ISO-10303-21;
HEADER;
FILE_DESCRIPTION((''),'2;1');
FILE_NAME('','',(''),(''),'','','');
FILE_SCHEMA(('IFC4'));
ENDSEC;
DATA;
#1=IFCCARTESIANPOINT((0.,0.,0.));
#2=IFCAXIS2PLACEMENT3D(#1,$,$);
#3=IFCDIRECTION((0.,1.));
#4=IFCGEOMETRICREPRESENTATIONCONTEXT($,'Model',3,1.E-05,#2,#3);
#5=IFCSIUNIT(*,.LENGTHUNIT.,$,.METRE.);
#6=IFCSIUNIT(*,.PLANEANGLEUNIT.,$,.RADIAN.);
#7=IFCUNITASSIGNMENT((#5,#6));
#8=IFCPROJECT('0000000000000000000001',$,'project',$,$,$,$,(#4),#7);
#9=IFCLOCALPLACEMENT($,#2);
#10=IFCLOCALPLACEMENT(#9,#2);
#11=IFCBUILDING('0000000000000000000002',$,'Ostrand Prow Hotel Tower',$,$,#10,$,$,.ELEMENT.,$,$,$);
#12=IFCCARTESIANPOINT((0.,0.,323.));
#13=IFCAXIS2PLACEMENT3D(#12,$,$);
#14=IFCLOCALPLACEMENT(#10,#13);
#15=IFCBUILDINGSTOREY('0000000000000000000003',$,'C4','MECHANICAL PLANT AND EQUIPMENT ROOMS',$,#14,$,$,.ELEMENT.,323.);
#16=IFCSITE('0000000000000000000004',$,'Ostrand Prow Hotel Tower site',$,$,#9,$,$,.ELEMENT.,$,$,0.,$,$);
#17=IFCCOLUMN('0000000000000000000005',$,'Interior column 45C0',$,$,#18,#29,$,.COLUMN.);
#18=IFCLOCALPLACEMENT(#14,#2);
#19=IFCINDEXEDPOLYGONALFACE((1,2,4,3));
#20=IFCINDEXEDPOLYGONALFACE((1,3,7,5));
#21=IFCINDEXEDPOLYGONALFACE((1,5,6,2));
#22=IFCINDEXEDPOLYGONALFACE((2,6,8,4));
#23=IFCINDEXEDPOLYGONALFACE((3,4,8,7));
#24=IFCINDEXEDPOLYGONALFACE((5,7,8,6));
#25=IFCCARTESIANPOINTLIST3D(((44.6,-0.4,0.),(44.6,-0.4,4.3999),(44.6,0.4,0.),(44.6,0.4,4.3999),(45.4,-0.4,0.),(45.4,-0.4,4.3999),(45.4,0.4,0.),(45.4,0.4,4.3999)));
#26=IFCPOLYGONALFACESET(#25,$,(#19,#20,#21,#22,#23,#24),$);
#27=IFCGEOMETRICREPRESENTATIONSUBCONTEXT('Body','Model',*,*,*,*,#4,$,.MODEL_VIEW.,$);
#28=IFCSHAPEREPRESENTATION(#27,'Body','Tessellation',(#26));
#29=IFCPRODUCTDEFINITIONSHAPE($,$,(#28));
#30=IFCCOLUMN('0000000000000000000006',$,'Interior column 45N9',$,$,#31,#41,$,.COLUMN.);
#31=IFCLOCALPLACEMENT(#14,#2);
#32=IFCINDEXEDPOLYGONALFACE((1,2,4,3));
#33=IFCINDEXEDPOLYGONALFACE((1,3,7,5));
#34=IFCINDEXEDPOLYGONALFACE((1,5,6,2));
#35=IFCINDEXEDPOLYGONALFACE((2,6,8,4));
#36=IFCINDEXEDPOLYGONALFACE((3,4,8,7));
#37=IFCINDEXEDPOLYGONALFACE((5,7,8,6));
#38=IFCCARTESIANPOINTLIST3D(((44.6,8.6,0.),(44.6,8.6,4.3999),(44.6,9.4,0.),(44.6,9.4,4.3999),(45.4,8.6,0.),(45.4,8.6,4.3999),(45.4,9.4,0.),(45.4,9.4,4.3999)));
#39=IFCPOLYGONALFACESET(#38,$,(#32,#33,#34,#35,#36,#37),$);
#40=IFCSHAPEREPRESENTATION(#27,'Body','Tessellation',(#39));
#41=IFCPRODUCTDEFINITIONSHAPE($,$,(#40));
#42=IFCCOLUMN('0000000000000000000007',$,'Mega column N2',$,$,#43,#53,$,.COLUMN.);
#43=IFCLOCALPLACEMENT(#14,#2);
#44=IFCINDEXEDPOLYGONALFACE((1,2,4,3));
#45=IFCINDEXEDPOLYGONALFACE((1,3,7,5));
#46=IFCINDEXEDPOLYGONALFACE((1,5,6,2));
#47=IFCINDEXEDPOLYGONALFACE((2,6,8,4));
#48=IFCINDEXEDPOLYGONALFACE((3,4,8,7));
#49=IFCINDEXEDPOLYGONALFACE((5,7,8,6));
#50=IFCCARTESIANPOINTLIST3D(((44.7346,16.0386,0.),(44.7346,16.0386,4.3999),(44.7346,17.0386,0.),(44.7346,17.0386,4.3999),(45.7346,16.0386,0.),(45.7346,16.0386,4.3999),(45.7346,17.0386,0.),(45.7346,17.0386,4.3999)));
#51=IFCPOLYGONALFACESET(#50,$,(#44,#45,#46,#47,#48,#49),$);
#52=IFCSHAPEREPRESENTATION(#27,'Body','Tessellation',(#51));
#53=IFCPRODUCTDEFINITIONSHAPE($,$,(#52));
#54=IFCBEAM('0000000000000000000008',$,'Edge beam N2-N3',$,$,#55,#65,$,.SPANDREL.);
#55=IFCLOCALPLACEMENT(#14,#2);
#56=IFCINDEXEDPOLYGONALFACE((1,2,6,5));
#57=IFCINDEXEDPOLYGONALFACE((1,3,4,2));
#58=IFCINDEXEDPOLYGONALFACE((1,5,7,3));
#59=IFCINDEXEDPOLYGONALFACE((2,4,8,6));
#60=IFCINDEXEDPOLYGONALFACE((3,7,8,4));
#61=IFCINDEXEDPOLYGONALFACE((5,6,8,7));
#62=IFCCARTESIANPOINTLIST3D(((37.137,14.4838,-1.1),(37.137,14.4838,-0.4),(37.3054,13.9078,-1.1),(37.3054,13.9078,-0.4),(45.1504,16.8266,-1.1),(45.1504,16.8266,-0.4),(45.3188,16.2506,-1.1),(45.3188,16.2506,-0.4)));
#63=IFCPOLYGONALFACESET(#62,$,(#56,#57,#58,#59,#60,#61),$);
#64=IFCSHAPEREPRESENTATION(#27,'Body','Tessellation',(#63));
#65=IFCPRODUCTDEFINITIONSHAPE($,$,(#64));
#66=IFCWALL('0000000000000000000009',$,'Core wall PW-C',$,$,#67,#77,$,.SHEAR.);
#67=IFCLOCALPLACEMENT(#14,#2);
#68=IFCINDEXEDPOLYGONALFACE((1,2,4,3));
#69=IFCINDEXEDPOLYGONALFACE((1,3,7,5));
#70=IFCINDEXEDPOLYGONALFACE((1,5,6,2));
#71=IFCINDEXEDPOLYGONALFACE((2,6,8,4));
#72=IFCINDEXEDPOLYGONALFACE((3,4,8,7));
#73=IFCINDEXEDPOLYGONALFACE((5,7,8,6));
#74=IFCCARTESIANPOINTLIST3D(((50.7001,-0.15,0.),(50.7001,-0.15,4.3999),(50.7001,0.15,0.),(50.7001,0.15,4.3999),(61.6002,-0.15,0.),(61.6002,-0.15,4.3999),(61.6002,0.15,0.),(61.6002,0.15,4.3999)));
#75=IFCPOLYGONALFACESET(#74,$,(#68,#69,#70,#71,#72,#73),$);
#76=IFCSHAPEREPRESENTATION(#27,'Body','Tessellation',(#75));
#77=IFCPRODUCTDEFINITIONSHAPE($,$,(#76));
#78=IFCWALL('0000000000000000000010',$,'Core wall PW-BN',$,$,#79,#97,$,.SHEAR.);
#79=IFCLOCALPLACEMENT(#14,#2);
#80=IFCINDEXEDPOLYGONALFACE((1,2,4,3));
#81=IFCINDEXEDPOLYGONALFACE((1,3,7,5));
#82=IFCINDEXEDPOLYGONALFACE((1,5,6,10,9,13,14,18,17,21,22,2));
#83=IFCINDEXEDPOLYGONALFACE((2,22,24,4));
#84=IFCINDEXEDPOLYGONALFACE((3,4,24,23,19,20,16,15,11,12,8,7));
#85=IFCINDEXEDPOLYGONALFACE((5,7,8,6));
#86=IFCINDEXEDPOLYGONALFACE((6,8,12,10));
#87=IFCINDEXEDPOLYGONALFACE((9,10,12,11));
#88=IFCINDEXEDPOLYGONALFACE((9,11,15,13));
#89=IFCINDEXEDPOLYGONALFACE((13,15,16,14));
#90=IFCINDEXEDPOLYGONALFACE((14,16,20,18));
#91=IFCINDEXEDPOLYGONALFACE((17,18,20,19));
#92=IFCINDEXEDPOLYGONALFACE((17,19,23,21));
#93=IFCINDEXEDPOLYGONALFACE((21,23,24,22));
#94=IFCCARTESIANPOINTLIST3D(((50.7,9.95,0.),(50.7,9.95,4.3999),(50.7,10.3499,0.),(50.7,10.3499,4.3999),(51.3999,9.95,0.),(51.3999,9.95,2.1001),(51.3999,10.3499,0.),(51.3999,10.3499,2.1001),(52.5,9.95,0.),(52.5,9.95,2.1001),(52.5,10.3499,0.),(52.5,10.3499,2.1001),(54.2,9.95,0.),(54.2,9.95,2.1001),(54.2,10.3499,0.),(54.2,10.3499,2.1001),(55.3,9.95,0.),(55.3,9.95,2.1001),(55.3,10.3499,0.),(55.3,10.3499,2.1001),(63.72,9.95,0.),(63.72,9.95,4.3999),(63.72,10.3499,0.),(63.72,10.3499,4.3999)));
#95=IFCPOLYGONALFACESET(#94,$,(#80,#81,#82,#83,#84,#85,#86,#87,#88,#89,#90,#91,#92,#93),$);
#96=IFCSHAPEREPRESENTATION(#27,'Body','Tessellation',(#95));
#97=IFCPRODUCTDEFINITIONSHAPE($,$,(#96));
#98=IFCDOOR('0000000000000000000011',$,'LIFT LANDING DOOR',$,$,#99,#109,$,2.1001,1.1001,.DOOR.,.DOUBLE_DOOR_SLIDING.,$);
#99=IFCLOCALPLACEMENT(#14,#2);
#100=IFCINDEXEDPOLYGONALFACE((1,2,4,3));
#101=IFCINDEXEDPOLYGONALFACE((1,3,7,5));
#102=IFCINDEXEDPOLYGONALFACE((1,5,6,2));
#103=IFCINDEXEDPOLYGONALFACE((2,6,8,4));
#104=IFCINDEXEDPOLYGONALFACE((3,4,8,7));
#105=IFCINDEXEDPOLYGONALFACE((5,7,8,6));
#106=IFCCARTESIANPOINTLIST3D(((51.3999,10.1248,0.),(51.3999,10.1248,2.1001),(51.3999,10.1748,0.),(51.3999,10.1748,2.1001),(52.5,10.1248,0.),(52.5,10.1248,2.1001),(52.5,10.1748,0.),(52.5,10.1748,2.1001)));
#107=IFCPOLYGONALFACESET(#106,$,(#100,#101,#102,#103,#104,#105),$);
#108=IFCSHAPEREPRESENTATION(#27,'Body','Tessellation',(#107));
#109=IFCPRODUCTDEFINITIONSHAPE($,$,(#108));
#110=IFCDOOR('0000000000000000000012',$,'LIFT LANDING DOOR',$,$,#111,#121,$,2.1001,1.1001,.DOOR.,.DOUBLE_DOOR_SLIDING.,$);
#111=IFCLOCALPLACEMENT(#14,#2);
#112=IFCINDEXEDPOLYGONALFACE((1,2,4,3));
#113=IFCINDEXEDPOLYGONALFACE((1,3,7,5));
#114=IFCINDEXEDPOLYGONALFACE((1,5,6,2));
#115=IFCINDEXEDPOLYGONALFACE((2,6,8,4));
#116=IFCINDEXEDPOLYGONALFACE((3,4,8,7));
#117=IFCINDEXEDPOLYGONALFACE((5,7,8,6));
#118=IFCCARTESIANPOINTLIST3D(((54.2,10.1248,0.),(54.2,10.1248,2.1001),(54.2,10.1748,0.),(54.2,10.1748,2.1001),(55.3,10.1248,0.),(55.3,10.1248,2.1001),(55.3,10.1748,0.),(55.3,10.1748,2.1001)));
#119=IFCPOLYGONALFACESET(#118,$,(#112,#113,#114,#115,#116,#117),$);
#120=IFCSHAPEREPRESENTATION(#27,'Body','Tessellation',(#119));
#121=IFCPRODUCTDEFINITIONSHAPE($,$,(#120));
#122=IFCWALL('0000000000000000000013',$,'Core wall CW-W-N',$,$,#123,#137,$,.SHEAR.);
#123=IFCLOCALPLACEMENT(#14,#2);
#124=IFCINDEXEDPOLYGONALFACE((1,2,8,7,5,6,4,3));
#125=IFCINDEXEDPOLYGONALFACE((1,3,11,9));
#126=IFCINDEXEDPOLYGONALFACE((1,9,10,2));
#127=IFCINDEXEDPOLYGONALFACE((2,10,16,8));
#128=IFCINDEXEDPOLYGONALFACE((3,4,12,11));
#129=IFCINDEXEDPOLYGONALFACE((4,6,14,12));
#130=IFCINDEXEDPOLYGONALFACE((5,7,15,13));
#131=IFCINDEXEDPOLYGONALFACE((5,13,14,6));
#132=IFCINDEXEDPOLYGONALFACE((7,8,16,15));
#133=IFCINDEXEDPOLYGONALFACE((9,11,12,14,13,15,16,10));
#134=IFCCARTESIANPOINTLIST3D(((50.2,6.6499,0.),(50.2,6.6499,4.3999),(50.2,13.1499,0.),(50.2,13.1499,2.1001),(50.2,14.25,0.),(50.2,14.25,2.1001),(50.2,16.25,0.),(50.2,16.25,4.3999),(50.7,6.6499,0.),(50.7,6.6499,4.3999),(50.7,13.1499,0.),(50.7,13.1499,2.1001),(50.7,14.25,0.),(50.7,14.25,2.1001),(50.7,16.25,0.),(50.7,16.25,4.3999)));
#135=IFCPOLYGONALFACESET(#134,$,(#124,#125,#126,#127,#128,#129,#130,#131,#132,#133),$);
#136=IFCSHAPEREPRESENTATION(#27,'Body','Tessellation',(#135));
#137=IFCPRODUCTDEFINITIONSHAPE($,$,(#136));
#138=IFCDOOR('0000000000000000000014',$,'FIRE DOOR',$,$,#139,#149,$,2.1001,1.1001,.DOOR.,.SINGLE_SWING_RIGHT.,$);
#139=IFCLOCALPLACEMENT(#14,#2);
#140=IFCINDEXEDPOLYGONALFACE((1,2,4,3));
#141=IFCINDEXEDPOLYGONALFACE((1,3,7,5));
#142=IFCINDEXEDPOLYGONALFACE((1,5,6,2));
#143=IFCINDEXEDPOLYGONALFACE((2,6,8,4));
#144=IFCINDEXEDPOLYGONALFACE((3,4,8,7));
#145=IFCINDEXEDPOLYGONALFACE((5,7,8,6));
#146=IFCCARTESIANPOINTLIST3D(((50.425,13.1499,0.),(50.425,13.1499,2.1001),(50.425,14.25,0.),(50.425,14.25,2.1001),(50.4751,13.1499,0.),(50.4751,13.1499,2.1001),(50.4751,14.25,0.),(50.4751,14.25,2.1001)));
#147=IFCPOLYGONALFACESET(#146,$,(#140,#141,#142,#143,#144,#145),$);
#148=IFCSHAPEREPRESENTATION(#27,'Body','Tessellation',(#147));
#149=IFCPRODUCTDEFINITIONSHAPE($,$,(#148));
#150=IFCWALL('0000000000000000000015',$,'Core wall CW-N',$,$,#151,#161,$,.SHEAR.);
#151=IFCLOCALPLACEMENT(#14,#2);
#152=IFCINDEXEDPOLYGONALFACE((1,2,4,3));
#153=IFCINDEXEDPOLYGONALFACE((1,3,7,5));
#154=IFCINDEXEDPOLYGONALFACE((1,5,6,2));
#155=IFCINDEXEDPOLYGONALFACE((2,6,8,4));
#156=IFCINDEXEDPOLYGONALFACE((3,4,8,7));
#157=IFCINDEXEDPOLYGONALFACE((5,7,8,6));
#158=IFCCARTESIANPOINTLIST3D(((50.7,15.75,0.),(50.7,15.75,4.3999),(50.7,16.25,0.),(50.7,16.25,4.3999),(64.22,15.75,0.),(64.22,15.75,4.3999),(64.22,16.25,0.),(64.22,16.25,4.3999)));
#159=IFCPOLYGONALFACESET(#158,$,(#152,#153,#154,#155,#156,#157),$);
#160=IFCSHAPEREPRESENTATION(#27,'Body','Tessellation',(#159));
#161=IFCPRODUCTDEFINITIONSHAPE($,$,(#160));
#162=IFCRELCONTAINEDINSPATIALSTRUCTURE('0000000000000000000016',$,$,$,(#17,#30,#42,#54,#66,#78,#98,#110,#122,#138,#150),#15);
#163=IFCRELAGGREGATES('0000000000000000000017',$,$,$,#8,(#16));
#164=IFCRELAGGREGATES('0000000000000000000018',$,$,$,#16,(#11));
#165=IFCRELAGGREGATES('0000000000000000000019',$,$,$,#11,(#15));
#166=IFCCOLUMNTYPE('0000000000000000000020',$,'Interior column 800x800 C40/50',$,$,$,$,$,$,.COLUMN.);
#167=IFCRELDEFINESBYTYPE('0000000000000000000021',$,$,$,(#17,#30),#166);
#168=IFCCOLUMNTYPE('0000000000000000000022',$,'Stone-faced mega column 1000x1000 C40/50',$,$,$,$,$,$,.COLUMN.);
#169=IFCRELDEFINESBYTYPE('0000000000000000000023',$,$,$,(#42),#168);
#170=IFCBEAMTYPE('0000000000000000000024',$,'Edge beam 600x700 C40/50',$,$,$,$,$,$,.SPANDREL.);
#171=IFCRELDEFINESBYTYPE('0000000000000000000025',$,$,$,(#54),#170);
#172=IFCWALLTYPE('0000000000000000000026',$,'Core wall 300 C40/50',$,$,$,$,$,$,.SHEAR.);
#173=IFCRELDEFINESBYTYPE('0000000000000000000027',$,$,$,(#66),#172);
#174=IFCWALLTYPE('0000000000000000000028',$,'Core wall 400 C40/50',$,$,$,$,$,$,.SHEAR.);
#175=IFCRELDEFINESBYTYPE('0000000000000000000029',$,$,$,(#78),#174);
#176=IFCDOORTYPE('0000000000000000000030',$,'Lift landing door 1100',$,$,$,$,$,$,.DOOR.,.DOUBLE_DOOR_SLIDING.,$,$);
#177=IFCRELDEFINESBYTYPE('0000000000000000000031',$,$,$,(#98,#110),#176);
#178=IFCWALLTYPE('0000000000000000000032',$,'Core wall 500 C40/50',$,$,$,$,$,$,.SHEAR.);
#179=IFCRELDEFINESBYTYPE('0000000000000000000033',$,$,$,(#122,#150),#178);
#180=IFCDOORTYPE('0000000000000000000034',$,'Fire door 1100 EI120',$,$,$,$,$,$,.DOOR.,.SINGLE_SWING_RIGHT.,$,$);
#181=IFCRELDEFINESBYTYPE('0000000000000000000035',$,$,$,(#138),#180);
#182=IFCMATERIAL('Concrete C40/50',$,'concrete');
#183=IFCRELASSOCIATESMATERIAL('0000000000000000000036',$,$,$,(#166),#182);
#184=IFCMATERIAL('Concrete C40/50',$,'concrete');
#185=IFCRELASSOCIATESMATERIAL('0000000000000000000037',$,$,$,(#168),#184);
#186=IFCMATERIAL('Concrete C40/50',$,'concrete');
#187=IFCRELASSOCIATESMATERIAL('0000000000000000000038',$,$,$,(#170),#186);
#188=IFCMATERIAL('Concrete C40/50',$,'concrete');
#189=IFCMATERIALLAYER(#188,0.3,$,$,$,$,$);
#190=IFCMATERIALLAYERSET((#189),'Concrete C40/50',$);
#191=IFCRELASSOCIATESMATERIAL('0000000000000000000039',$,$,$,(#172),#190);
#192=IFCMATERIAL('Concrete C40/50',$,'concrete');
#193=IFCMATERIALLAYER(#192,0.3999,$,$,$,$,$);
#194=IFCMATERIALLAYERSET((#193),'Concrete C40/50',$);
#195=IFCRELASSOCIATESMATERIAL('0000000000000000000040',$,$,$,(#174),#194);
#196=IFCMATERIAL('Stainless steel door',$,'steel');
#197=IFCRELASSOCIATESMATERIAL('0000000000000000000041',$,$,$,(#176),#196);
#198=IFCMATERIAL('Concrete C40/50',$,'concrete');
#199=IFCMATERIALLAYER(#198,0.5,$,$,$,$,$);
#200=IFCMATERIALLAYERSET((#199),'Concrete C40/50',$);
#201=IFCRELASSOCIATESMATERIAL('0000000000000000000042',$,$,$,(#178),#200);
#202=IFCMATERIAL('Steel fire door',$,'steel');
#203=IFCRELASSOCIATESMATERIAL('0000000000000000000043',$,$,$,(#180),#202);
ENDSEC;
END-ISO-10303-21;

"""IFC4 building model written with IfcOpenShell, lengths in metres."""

from ifc_helpers import new_model, si_unit, direction, frame, frame_2d, origin, origin_2d, place, context, subcontext, project, spatial, rectangle, extrude, material, layer, layer_set, material_profile, profile_set, type_object, element, fill, save


model = new_model("IFC4")

# Units and contexts
model_context = context("Model", 3, precision=1e-05, world=origin(), true_north=direction((0.0, 1.0)))
body_context = subcontext(model_context, "Body", "Model", "MODEL_VIEW")
ifc_project = project(units=[si_unit("LENGTHUNIT", "METRE"), si_unit("PLANEANGLEUNIT", "RADIAN")], contexts=[model_context])

# Site, building, storey
site_placement = place(None, origin())
site = spatial("IfcSite", under=ifc_project, at=site_placement, Name="Ostrand Prow Hotel Tower site", CompositionType="ELEMENT", RefElevation=0.0)
building_placement = place(site_placement, origin())
building = spatial("IfcBuilding", under=site, at=building_placement, Name="Ostrand Prow Hotel Tower", CompositionType="ELEMENT")
storey_placement = place(building_placement, frame((0.0, 0.0, 323.0)))
storey = spatial("IfcBuildingStorey", under=building, at=storey_placement, Name="C4", Description="MECHANICAL PLANT AND EQUIPMENT ROOMS", CompositionType="ELEMENT", Elevation=323.0)

# Columns
ifc_material_1 = material(Name="Concrete C40/50", Category="concrete")
ifc_material_profile_1 = material_profile(ifc_material_1, rectangle(XDim=0.8, YDim=0.8, at=origin_2d()), Name="RC 800x800")
ifc_profile_set_1 = profile_set([ifc_material_profile_1], Name="Concrete C40/50")
column_type_1 = type_object("IfcColumnType", Name="Interior column 800x800 C40/50", PredefinedType="COLUMN", material=ifc_profile_set_1)
for number, where, z_axis, x_axis, name in (
    (1, (45.0, 0.0, 0.0), (0.0, 0.0, 1.0), (1.0, 0.0, 0.0), "Interior column 45C0"),
    (2, (45.0, 9.0, 0.0), (0.0, 0.0, 1.0), (1.0, 0.0, 0.0), "Interior column 45N9"),
):
    element("IfcColumn", number, at=place(storey_placement, frame(where, z_axis=z_axis, x_axis=x_axis)), inside=storey, type_object=column_type_1, Name=name, PredefinedType="COLUMN", context=body_context, shape_type="SweptSolid", body=[
        extrude(rectangle(XDim=0.8, YDim=0.8, at=origin_2d()), origin(), (0.0, 0.0, 1.0), 4.3999),
    ])
ifc_material_2 = material(Name="Concrete C40/50", Category="concrete")
ifc_material_profile_2 = material_profile(ifc_material_2, rectangle(XDim=1.0, YDim=1.0, at=origin_2d()), Name="RC 1000x1000")
ifc_profile_set_2 = profile_set([ifc_material_profile_2], Name="Concrete C40/50")
column_type_2 = type_object("IfcColumnType", Name="Stone-faced mega column 1000x1000 C40/50", PredefinedType="COLUMN", material=ifc_profile_set_2)
column_placement = place(storey_placement, frame((45.2346, 16.5386, 0.0), z_axis=(0.0, 0.0, 1.0), x_axis=(1.0, 0.0, 0.0)))
element("IfcColumn", 3, at=column_placement, inside=storey, type_object=column_type_2, Name="Mega column N2", PredefinedType="COLUMN", context=body_context, shape_type="SweptSolid", body=[
    extrude(rectangle(XDim=1.0, YDim=1.0, at=origin_2d()), origin(), (0.0, 0.0, 1.0), 4.3999),
])

# Beam
ifc_material_3 = material(Name="Concrete C40/50", Category="concrete")
ifc_material_profile_3 = material_profile(ifc_material_3, rectangle(XDim=0.6001, YDim=0.7, at=origin_2d()), Name="RC 600x700")
ifc_profile_set_3 = profile_set([ifc_material_profile_3], Name="Concrete C40/50")
beam_type = type_object("IfcBeamType", Name="Edge beam 600x700 C40/50", PredefinedType="SPANDREL", material=ifc_profile_set_3)
beam_placement = place(storey_placement, frame((45.2346, 16.5386, -0.75), z_axis=(-0.959822, -0.28061, 0.0), x_axis=(0.28061, -0.959822, 0.0)))
element("IfcBeam", 4, at=beam_placement, inside=storey, type_object=beam_type, Name="Edge beam N2-N3", PredefinedType="SPANDREL", context=body_context, shape_type="SweptSolid", body=[
    extrude(rectangle(XDim=0.6001, YDim=0.7, at=origin_2d()), origin(), (0.0, 0.0, 1.0), 8.3489),
])

# Wall
ifc_material_4 = material(Name="Concrete C40/50", Category="concrete")
ifc_layer_1 = layer(ifc_material_4, 0.3)
ifc_layer_set_1 = layer_set([ifc_layer_1], Name="Concrete C40/50")
wall_type_1 = type_object("IfcWallType", Name="Core wall 300 C40/50", PredefinedType="SHEAR", material=ifc_layer_set_1)
wall_1_placement = place(storey_placement, frame((50.7, 0.0, 0.0), z_axis=(0.0, 0.0, 1.0), x_axis=(1.0, 0.0, 0.0)))
element("IfcWall", 5, at=wall_1_placement, inside=storey, type_object=wall_type_1, Name="Core wall PW-C", PredefinedType="SHEAR", context=body_context, shape_type="SweptSolid", body=[
    extrude(rectangle(XDim=10.9001, YDim=0.3, at=frame_2d((5.4502, 0.0))), origin(), (0.0, 0.0, 1.0), 4.3999),
])

# Wall, openings, doors
ifc_material_5 = material(Name="Concrete C40/50", Category="concrete")
ifc_layer_2 = layer(ifc_material_5, 0.3999)
ifc_layer_set_2 = layer_set([ifc_layer_2], Name="Concrete C40/50")
wall_type_2 = type_object("IfcWallType", Name="Core wall 400 C40/50", PredefinedType="SHEAR", material=ifc_layer_set_2)
wall_2_placement = place(storey_placement, frame((50.7, 10.1499, 0.0), z_axis=(0.0, 0.0, 1.0), x_axis=(1.0, 0.0, 0.0)))
wall_2 = element("IfcWall", 6, at=wall_2_placement, inside=storey, type_object=wall_type_2, Name="Core wall PW-BN", PredefinedType="SHEAR", context=body_context, shape_type="SweptSolid", body=[
    extrude(rectangle(XDim=13.02, YDim=0.3999, at=frame_2d((6.51, 0.0))), origin(), (0.0, 0.0, 1.0), 4.3999),
])
opening_1_placement = place(wall_2_placement, frame((0.7, 0.0, 0.0)))
opening_1 = element("IfcOpeningElement", 7, at=opening_1_placement, cuts=wall_2, PredefinedType="OPENING", context=body_context, shape_type="SweptSolid", body=[
    extrude(rectangle(XDim=1.1001, YDim=2.1001, at=frame_2d((0.55, 1.05))), frame((0.0, 0.21, 0.0), z_axis=(0.0, -1.0, 0.0), x_axis=(1.0, 0.0, 0.0)), (0.0, 0.0, 1.0), 0.4199),
])
opening_2_placement = place(wall_2_placement, frame((3.5, 0.0, 0.0)))
opening_2 = element("IfcOpeningElement", 8, at=opening_2_placement, cuts=wall_2, PredefinedType="OPENING", context=body_context, shape_type="SweptSolid", body=[
    extrude(rectangle(XDim=1.1001, YDim=2.1001, at=frame_2d((0.55, 1.05))), frame((0.0, 0.21, 0.0), z_axis=(0.0, -1.0, 0.0), x_axis=(1.0, 0.0, 0.0)), (0.0, 0.0, 1.0), 0.4199),
])
ifc_material_6 = material(Name="Stainless steel door", Category="steel")
door_type_1 = type_object("IfcDoorType", Name="Lift landing door 1100", OperationType="DOUBLE_DOOR_SLIDING", PredefinedType="DOOR", material=ifc_material_6)
door_1_placement = place(opening_1_placement, origin())
door_1 = element("IfcDoor", 9, at=door_1_placement, inside=storey, type_object=door_type_1, Name="LIFT LANDING DOOR", OperationType="DOUBLE_DOOR_SLIDING", OverallHeight=2.1001, OverallWidth=1.1001, PredefinedType="DOOR", context=body_context, shape_type="SweptSolid", body=[
    extrude(rectangle(XDim=1.1001, YDim=2.1001, at=frame_2d((0.55, 1.05))), frame((0.0, 0.0249, 0.0), z_axis=(0.0, -1.0, 0.0), x_axis=(1.0, 0.0, 0.0)), (0.0, 0.0, 1.0), 0.05),
])
fill(opening_1, door_1)
door_2_placement = place(opening_2_placement, origin())
door_2 = element("IfcDoor", 10, at=door_2_placement, inside=storey, type_object=door_type_1, Name="LIFT LANDING DOOR", OperationType="DOUBLE_DOOR_SLIDING", OverallHeight=2.1001, OverallWidth=1.1001, PredefinedType="DOOR", context=body_context, shape_type="SweptSolid", body=[
    extrude(rectangle(XDim=1.1001, YDim=2.1001, at=frame_2d((0.55, 1.05))), frame((0.0, 0.0249, 0.0), z_axis=(0.0, -1.0, 0.0), x_axis=(1.0, 0.0, 0.0)), (0.0, 0.0, 1.0), 0.05),
])
fill(opening_2, door_2)

# Wall, opening, door
ifc_material_7 = material(Name="Concrete C40/50", Category="concrete")
ifc_layer_3 = layer(ifc_material_7, 0.5)
ifc_layer_set_3 = layer_set([ifc_layer_3], Name="Concrete C40/50")
wall_type_3 = type_object("IfcWallType", Name="Core wall 500 C40/50", PredefinedType="SHEAR", material=ifc_layer_set_3)
wall_3_placement = place(storey_placement, frame((50.45, 6.6499, 0.0), z_axis=(0.0, 0.0, 1.0), x_axis=(0.0, 1.0, 0.0)))
wall_3 = element("IfcWall", 11, at=wall_3_placement, inside=storey, type_object=wall_type_3, Name="Core wall CW-W-N", PredefinedType="SHEAR", context=body_context, shape_type="SweptSolid", body=[
    extrude(rectangle(XDim=9.6001, YDim=0.5, at=frame_2d((4.8, 0.0))), origin(), (0.0, 0.0, 1.0), 4.3999),
])
opening_3_placement = place(wall_3_placement, frame((6.5, 0.0, 0.0)))
opening_3 = element("IfcOpeningElement", 12, at=opening_3_placement, cuts=wall_3, PredefinedType="OPENING", context=body_context, shape_type="SweptSolid", body=[
    extrude(rectangle(XDim=1.1001, YDim=2.1001, at=frame_2d((0.55, 1.05))), frame((0.0, 0.26, 0.0), z_axis=(0.0, -1.0, 0.0), x_axis=(1.0, 0.0, 0.0)), (0.0, 0.0, 1.0), 0.52),
])
ifc_material_8 = material(Name="Steel fire door", Category="steel")
door_type_2 = type_object("IfcDoorType", Name="Fire door 1100 EI120", OperationType="SINGLE_SWING_RIGHT", PredefinedType="DOOR", material=ifc_material_8)
door_3_placement = place(opening_3_placement, origin())
door_3 = element("IfcDoor", 13, at=door_3_placement, inside=storey, type_object=door_type_2, Name="FIRE DOOR", OperationType="SINGLE_SWING_RIGHT", OverallHeight=2.1001, OverallWidth=1.1001, PredefinedType="DOOR", context=body_context, shape_type="SweptSolid", body=[
    extrude(rectangle(XDim=1.1001, YDim=2.1001, at=frame_2d((0.55, 1.05))), frame((0.0, 0.0249, 0.0), z_axis=(0.0, -1.0, 0.0), x_axis=(1.0, 0.0, 0.0)), (0.0, 0.0, 1.0), 0.05),
])
fill(opening_3, door_3)

# Wall
wall_4_placement = place(storey_placement, frame((50.7, 16.0, 0.0), z_axis=(0.0, 0.0, 1.0), x_axis=(1.0, 0.0, 0.0)))
element("IfcWall", 14, at=wall_4_placement, inside=storey, type_object=wall_type_3, Name="Core wall CW-N", PredefinedType="SHEAR", context=body_context, shape_type="SweptSolid", body=[
    extrude(rectangle(XDim=13.52, YDim=0.5, at=frame_2d((6.76, 0.0))), origin(), (0.0, 0.0, 1.0), 4.3999),
])

save(model, "model.ifc")
